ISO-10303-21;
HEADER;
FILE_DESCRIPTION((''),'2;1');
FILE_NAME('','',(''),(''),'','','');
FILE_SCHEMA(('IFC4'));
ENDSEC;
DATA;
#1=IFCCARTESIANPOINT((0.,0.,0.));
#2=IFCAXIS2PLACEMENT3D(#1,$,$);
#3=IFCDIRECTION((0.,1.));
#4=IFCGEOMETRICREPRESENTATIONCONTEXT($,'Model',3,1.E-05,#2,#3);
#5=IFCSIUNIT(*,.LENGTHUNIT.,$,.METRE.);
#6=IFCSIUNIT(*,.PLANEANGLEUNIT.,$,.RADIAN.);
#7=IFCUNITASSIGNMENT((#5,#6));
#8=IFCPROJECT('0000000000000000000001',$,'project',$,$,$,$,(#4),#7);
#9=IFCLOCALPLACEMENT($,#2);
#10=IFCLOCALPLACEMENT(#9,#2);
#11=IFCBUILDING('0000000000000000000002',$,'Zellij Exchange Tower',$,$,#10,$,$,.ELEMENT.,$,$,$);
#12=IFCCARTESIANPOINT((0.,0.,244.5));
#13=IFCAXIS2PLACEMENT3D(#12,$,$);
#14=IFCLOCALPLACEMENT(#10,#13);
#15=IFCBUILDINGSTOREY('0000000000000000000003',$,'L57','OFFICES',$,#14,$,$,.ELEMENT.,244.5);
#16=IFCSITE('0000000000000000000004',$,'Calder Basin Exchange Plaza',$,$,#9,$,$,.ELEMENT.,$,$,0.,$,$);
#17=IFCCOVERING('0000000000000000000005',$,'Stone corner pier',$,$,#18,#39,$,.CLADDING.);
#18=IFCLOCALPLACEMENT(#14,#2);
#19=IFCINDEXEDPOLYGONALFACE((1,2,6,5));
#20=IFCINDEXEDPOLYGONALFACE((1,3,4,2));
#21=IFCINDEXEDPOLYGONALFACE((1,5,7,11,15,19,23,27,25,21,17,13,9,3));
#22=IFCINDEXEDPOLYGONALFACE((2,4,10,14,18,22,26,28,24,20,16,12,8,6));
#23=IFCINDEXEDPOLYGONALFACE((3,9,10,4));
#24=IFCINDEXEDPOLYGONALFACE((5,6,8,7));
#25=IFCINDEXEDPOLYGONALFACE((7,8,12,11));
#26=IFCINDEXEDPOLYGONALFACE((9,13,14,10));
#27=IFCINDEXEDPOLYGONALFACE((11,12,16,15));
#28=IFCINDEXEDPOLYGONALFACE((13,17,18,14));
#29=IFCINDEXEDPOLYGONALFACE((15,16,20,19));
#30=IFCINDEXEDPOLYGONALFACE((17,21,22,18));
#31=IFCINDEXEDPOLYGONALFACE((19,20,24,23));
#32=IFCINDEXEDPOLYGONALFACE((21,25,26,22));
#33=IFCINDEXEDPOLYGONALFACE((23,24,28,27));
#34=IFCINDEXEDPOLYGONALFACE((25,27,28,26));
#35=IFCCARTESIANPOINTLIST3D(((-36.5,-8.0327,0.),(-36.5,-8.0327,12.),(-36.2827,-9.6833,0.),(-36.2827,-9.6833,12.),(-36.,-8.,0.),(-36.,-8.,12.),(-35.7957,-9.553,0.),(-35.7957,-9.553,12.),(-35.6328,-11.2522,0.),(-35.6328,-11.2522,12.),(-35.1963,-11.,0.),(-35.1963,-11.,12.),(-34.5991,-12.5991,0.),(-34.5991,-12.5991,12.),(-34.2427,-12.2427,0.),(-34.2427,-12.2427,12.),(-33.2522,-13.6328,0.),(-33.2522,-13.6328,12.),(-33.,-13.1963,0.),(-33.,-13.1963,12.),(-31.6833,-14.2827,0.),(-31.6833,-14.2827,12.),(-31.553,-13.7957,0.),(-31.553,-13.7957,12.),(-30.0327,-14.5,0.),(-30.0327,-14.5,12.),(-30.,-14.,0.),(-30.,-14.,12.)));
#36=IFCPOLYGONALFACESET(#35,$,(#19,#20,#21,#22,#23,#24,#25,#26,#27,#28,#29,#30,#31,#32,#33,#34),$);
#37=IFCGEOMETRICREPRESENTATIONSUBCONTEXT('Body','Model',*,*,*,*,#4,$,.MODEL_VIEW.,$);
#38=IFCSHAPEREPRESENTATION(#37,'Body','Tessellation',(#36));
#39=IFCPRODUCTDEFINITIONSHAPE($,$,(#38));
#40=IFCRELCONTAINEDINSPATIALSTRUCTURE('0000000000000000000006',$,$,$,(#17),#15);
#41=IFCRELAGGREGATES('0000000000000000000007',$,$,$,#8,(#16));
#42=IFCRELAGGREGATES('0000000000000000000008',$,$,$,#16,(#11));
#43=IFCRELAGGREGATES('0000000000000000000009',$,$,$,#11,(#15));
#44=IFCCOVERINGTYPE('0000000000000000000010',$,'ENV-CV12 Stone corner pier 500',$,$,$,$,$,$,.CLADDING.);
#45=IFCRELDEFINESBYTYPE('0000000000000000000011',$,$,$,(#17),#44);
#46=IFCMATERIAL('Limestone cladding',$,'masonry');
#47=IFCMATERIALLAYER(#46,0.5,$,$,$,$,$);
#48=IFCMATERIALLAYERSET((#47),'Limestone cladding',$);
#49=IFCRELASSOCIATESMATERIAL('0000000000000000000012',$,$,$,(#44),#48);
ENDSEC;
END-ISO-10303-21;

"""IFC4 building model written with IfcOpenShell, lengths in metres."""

from ifc_helpers import new_model, si_unit, direction, frame, origin, place, context, subcontext, project, spatial, polyline, outline, extrude, material, layer, layer_set, type_object, element, save


model = new_model("IFC4")

# Units and contexts
model_context = context("Model", 3, precision=1e-05, world=origin(), true_north=direction((0.0, 1.0)))
body_context = subcontext(model_context, "Body", "Model", "MODEL_VIEW")
ifc_project = project(units=[si_unit("LENGTHUNIT", "METRE"), si_unit("PLANEANGLEUNIT", "RADIAN")], contexts=[model_context])

# Site, building, storey
site_placement = place(None, origin())
site = spatial("IfcSite", under=ifc_project, at=site_placement, Name="Calder Basin Exchange Plaza", CompositionType="ELEMENT", RefElevation=0.0)
building_placement = place(site_placement, origin())
building = spatial("IfcBuilding", under=site, at=building_placement, Name="Zellij Exchange Tower", CompositionType="ELEMENT")
storey_placement = place(building_placement, frame((0.0, 0.0, 244.5)))
storey = spatial("IfcBuildingStorey", under=building, at=storey_placement, Name="L57", Description="OFFICES", CompositionType="ELEMENT", Elevation=244.5)

# Covering
ifc_material_1 = material(Name="Limestone cladding", Category="masonry")
ifc_layer_1 = layer(ifc_material_1, 0.5)
ifc_layer_set_1 = layer_set([ifc_layer_1], Name="Limestone cladding")
covering_type = type_object("IfcCoveringType", Name="ENV-CV12 Stone corner pier 500", PredefinedType="CLADDING", material=ifc_layer_set_1)
covering_1_placement = place(storey_placement, origin())
element("IfcCovering", 1, at=covering_1_placement, inside=storey, type_object=covering_type, Name="Stone corner pier", PredefinedType="CLADDING", context=body_context, shape_type="SweptSolid", body=[
    extrude(outline(polyline([(-36.0, -8.0), (-35.7957, -9.553), (-35.1963, -11.0), (-34.2427, -12.2427), (-33.0, -13.1963), (-31.553, -13.7957), (-30.0, -14.0), (-30.0327, -14.5), (-31.6833, -14.2827), (-33.2522, -13.6328), (-34.5991, -12.5991), (-35.6328, -11.2522), (-36.2827, -9.6833), (-36.5, -8.0327), (-36.0, -8.0)])), origin(), (0.0, 0.0, 1.0), 12.0),
])

save(model, "model.ifc")
